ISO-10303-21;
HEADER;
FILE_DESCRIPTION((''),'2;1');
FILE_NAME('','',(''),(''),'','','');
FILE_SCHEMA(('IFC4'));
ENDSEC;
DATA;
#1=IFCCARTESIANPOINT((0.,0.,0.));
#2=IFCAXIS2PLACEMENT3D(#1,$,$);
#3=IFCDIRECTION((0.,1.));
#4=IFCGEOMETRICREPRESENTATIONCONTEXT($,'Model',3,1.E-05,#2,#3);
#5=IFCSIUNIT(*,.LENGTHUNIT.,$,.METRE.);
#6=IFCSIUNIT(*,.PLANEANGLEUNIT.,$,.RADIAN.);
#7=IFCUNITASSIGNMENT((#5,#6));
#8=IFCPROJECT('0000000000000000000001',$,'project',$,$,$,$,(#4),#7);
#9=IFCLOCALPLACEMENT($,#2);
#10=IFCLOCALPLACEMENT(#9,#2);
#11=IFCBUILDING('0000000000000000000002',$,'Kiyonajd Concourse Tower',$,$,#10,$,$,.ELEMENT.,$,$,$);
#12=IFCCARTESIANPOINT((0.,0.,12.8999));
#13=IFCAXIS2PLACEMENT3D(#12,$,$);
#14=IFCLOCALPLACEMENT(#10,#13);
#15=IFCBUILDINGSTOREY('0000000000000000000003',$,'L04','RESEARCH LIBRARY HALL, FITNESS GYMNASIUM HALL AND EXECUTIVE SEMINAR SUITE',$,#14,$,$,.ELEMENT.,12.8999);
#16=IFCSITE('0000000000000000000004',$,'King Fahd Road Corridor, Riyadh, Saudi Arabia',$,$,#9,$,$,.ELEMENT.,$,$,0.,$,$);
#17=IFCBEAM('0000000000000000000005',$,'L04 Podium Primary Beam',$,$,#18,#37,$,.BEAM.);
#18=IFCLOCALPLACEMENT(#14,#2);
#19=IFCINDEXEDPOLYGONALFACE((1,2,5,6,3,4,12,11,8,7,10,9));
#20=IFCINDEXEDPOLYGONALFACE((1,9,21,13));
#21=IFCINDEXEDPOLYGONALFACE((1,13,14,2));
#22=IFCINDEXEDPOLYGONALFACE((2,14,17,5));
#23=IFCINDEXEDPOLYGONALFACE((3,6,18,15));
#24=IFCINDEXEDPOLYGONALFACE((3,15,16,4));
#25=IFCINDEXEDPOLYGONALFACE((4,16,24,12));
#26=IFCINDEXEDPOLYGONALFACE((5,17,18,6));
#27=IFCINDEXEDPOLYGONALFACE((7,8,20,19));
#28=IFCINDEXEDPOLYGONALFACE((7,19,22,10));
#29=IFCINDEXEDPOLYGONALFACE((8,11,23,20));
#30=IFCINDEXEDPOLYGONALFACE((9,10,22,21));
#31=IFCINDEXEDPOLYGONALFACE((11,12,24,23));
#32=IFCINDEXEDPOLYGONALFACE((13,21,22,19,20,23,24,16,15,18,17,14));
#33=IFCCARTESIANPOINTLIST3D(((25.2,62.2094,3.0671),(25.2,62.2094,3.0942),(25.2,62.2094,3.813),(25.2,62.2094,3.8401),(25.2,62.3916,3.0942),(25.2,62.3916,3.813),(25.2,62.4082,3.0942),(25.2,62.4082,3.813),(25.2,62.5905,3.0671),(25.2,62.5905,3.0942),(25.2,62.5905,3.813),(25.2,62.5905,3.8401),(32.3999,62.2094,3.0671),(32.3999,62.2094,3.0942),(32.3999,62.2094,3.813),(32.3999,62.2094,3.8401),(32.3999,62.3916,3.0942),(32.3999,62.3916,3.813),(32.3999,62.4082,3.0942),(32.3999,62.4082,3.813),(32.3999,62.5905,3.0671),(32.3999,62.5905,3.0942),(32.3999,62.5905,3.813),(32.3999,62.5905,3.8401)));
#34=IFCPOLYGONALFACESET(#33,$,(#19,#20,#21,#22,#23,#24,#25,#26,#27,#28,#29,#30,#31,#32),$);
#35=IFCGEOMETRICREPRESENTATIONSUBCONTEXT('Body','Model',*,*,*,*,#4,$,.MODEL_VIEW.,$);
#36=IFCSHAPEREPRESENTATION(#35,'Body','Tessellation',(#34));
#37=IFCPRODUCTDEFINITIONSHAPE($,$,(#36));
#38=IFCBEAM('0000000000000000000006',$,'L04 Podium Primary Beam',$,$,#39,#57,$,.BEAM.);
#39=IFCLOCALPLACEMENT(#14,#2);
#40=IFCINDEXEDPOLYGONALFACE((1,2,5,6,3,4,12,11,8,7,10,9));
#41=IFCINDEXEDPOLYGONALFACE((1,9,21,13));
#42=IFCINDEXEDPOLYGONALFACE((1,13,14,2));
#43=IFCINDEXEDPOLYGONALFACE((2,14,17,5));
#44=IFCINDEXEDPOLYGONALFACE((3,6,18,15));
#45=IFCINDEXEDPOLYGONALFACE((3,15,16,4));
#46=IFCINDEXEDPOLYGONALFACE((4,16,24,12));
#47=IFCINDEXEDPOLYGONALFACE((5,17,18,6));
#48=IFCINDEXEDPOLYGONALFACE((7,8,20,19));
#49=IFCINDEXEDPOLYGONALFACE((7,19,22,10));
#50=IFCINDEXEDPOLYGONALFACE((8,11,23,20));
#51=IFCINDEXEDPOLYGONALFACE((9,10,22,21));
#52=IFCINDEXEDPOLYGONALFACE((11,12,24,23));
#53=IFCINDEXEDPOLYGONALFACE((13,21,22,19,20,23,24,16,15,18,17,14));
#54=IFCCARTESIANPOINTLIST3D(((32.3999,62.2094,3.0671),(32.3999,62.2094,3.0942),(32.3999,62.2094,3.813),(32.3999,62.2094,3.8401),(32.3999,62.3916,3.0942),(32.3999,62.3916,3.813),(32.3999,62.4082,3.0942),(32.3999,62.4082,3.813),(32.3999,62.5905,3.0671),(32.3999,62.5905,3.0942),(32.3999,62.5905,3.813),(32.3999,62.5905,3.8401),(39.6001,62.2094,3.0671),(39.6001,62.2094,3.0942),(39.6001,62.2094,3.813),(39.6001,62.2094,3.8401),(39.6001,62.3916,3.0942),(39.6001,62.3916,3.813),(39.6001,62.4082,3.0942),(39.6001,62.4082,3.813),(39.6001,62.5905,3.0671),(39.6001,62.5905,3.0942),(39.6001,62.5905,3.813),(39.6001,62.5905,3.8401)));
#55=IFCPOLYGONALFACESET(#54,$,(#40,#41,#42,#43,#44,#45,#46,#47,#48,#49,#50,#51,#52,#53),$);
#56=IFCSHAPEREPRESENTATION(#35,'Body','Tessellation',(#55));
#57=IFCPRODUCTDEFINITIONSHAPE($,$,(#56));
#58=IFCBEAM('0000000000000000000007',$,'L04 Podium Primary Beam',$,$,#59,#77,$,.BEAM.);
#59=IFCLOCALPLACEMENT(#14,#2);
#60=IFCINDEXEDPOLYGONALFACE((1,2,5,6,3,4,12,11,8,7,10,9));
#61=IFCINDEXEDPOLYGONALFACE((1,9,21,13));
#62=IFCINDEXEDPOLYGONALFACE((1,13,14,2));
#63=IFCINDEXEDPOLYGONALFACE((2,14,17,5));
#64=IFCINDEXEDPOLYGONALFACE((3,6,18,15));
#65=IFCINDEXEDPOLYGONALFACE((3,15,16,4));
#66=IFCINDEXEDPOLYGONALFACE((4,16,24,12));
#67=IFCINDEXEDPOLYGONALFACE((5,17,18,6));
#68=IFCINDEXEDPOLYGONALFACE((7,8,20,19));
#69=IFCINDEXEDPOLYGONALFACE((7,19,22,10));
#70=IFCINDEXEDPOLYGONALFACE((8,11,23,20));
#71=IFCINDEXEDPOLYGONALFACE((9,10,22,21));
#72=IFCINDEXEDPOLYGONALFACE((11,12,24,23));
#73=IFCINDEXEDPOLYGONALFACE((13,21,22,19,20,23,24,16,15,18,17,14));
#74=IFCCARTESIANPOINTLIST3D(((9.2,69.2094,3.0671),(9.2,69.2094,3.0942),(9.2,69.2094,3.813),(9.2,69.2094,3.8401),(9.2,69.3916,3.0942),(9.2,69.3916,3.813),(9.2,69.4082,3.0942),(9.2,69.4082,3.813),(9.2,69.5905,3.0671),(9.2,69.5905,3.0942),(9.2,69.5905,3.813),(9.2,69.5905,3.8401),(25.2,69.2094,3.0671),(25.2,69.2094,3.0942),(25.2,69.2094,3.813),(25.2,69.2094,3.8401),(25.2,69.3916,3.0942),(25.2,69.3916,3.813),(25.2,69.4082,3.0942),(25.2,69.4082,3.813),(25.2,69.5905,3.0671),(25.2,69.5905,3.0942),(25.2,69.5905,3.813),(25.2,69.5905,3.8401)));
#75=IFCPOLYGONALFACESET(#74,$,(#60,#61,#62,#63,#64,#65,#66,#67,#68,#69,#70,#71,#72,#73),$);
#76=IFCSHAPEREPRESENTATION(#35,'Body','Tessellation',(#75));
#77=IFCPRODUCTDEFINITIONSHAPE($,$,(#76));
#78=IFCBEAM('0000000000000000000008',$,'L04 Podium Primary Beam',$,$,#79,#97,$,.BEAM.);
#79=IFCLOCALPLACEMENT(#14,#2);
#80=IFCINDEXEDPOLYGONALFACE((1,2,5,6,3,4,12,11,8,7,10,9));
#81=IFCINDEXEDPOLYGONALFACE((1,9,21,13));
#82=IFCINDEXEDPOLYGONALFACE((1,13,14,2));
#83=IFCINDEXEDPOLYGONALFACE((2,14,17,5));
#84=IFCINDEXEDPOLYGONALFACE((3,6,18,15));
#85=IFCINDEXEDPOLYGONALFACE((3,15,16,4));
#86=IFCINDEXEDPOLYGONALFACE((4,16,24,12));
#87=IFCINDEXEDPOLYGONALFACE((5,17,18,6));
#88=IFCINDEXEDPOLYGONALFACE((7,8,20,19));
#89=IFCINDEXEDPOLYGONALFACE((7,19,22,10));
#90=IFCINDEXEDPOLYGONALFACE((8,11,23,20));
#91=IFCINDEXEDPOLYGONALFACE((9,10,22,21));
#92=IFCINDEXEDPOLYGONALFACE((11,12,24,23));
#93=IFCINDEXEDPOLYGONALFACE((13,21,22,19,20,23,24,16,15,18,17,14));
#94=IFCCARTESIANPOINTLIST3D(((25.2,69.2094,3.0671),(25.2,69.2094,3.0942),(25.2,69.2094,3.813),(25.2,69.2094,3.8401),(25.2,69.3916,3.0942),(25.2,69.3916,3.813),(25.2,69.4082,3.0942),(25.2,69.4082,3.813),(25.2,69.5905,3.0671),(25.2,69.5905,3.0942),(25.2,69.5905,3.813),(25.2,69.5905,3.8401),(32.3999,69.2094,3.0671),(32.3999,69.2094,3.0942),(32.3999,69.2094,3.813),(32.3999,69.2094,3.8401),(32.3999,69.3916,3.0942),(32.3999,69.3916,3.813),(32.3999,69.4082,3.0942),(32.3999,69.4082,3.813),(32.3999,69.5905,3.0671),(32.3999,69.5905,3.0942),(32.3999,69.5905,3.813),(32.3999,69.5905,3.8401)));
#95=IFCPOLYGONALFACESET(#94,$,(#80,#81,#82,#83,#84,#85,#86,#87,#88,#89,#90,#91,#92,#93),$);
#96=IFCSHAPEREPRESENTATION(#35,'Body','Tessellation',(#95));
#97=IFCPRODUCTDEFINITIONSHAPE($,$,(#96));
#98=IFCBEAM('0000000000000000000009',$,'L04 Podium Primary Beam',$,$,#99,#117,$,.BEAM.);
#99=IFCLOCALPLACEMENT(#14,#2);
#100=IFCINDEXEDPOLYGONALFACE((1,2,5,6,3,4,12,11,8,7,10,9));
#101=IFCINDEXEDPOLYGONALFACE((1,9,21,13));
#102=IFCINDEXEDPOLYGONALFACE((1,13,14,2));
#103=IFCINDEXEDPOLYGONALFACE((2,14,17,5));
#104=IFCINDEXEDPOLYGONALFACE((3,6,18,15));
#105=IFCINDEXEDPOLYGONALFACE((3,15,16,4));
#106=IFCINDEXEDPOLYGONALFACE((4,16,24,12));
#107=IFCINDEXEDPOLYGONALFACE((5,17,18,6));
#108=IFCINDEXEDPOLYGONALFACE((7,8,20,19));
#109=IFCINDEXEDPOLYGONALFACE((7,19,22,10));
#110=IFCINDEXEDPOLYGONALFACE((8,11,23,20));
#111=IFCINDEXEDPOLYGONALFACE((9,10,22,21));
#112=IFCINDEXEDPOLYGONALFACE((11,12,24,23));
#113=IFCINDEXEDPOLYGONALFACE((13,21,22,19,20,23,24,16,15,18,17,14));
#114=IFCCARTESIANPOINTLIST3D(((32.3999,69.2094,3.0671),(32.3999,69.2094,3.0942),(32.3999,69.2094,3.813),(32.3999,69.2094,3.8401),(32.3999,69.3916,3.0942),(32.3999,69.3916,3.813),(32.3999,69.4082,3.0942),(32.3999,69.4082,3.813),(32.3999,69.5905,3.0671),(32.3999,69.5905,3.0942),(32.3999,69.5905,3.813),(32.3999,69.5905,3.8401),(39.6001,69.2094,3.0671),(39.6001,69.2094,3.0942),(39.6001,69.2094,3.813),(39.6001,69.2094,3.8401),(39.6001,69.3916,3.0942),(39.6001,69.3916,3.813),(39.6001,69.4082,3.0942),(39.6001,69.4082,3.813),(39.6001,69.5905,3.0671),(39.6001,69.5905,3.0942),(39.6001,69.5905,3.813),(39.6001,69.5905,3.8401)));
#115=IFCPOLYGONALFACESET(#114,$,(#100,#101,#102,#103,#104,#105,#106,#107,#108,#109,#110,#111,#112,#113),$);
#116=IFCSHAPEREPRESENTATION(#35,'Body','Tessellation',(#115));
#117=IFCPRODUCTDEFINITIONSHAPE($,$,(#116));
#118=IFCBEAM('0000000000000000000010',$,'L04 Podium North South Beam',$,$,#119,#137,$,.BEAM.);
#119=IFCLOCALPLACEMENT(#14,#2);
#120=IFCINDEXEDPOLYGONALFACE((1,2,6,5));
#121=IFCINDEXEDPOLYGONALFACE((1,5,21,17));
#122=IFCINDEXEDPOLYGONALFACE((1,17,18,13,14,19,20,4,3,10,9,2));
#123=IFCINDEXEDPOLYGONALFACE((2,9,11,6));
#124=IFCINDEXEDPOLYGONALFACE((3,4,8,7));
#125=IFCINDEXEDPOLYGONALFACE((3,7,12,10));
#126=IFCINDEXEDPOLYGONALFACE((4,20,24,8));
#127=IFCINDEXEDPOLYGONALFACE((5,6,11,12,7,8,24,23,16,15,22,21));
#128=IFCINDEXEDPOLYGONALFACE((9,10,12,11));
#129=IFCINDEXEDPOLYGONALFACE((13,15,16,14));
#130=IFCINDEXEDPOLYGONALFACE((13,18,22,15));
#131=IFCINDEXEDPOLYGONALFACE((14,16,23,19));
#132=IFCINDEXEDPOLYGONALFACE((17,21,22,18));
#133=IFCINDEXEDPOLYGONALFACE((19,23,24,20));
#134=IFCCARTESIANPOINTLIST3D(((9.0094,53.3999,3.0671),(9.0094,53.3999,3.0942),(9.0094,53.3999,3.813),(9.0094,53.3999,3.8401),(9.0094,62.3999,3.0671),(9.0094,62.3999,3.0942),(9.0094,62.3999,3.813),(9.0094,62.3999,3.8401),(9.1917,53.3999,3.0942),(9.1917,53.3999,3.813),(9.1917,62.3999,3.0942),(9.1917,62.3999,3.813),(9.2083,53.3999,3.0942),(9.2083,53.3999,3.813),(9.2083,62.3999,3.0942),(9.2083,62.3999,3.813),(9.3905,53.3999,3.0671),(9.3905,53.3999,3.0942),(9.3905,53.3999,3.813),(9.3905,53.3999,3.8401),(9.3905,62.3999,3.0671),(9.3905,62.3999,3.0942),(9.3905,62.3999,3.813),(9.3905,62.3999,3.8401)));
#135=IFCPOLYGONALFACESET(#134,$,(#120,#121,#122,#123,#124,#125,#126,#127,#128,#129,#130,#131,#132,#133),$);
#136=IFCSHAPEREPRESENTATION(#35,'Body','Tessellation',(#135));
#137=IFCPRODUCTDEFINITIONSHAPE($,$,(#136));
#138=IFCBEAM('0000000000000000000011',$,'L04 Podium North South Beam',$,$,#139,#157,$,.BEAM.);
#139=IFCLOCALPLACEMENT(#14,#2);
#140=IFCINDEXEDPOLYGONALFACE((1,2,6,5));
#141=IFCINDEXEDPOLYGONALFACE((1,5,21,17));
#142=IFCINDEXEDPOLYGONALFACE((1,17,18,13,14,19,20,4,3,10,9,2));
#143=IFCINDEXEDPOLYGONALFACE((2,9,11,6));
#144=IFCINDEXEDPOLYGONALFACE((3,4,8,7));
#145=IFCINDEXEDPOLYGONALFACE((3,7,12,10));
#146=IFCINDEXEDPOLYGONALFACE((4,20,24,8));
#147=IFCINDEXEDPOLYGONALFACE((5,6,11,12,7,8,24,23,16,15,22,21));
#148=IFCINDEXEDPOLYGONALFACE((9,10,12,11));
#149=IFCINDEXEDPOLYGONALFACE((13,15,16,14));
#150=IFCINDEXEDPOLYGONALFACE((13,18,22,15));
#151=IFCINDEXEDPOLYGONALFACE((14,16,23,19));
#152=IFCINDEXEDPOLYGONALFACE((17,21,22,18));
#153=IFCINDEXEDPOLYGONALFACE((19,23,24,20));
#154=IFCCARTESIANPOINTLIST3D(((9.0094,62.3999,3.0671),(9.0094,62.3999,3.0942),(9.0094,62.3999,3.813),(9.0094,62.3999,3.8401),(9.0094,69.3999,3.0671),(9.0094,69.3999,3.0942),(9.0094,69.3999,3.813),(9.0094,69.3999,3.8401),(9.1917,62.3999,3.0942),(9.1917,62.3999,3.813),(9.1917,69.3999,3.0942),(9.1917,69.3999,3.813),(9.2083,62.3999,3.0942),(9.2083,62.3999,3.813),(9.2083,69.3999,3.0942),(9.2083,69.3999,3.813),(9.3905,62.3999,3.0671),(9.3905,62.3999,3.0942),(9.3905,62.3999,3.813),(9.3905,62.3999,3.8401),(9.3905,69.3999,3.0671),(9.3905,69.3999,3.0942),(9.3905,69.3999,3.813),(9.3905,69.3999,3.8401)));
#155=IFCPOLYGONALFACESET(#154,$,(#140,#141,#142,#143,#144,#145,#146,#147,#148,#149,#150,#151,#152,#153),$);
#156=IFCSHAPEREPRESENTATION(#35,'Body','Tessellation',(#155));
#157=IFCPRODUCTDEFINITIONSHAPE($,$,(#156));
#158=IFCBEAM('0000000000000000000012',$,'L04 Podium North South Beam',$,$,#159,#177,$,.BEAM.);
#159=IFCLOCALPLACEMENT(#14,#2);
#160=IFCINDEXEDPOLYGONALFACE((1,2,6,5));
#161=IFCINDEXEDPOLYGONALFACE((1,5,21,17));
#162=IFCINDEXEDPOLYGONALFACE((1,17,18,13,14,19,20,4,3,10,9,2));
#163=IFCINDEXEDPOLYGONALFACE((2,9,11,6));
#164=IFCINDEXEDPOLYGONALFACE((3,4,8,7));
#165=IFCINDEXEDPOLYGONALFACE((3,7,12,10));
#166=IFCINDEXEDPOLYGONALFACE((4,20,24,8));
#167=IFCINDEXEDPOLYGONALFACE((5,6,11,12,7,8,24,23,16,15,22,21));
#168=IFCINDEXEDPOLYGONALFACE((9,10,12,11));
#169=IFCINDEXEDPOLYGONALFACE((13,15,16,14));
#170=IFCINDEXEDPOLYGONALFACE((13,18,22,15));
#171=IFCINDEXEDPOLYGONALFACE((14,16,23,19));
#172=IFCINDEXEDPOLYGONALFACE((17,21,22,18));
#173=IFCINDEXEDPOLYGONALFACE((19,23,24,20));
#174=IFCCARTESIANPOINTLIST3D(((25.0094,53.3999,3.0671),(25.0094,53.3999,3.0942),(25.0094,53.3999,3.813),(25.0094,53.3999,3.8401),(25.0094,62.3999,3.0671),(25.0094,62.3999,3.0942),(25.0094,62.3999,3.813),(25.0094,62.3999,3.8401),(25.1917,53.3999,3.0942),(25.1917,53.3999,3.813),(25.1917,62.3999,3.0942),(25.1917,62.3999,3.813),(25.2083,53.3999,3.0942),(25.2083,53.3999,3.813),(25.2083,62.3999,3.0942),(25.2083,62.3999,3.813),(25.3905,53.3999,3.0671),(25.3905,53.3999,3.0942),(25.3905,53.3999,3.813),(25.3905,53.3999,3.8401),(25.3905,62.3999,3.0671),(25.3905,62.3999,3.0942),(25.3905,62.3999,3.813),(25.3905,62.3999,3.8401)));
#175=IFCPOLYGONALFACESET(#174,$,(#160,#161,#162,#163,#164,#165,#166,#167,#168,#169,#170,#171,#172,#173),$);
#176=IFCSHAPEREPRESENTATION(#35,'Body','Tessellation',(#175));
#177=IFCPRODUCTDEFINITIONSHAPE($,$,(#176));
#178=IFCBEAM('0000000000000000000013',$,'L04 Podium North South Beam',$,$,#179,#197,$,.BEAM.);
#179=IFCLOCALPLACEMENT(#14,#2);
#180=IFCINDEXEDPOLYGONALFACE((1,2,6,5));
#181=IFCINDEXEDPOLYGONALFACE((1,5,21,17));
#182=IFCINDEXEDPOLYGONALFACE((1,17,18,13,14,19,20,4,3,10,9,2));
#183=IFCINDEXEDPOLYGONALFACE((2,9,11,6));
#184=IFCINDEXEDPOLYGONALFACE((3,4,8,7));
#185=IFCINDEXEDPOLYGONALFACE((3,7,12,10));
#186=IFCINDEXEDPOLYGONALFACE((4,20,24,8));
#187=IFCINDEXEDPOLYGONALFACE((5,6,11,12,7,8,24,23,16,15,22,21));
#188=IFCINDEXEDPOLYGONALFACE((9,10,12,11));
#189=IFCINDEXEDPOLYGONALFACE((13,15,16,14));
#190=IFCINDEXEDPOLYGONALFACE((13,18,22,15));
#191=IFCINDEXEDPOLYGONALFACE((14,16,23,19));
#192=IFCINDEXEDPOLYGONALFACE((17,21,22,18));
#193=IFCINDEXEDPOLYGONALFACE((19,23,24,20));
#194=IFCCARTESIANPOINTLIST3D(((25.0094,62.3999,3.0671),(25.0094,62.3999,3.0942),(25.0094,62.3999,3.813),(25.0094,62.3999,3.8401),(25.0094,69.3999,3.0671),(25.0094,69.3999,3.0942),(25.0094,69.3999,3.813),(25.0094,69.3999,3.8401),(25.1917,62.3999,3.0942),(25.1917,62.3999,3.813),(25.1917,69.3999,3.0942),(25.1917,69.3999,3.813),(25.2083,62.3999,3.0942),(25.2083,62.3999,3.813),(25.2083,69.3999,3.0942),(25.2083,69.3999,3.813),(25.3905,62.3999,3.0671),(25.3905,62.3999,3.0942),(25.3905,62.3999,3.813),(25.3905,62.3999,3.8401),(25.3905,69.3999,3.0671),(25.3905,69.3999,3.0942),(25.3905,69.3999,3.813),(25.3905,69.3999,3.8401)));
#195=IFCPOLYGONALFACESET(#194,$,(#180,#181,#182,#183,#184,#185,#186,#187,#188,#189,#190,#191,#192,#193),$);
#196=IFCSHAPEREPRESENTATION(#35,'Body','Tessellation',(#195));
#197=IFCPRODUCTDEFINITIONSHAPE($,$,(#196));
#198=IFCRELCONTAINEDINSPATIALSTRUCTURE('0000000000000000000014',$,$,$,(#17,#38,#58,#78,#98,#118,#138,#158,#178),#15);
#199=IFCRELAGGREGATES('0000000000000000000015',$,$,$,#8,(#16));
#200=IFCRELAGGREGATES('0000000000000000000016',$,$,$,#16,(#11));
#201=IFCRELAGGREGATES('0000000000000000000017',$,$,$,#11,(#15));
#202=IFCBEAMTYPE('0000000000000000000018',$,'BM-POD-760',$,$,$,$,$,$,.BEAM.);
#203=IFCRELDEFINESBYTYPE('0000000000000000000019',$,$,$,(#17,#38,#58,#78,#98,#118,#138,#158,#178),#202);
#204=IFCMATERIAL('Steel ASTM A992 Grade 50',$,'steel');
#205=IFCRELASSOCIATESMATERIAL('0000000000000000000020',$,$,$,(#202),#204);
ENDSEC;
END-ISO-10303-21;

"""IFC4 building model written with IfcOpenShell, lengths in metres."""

from ifc_helpers import new_model, si_unit, direction, frame, origin, origin_2d, place, context, subcontext, project, spatial, i_section, extrude, material, material_profile, profile_set, type_object, element, save


model = new_model("IFC4")

# Units and contexts
model_context = context("Model", 3, precision=1e-05, world=origin(), true_north=direction((0.0, 1.0)))
body_context = subcontext(model_context, "Body", "Model", "MODEL_VIEW")
ifc_project = project(units=[si_unit("LENGTHUNIT", "METRE"), si_unit("PLANEANGLEUNIT", "RADIAN")], contexts=[model_context])

# Site, building, storey
site_placement = place(None, origin())
site = spatial("IfcSite", under=ifc_project, at=site_placement, Name="King Fahd Road Corridor, Riyadh, Saudi Arabia", CompositionType="ELEMENT", RefElevation=0.0)
building_placement = place(site_placement, origin())
building = spatial("IfcBuilding", under=site, at=building_placement, Name="Kiyonajd Concourse Tower", CompositionType="ELEMENT")
storey_placement = place(building_placement, frame((0.0, 0.0, 12.8999)))
storey = spatial("IfcBuildingStorey", under=building, at=storey_placement, Name="L04", Description="RESEARCH LIBRARY HALL, FITNESS GYMNASIUM HALL AND EXECUTIVE SEMINAR SUITE", CompositionType="ELEMENT", Elevation=12.8999)

# Beams
ifc_material_1 = material(Name="Steel ASTM A992 Grade 50", Category="steel")
ifc_material_profile_1 = material_profile(ifc_material_1, i_section(OverallWidth=0.3811, OverallDepth=0.7729, WebThickness=0.0166, FlangeThickness=0.0271, at=origin_2d()), Name="W760X257")
ifc_profile_set_1 = profile_set([ifc_material_profile_1], Name="Steel ASTM A992 Grade 50")
beam_type_1 = type_object("IfcBeamType", Name="BM-POD-760", PredefinedType="BEAM", material=ifc_profile_set_1)
beam_1_placement = place(storey_placement, frame((25.2, 62.3999, 3.4536), z_axis=(1.0, 0.0, 0.0), x_axis=(0.0, 1.0, 0.0)))
element("IfcBeam", 1, at=beam_1_placement, inside=storey, type_object=beam_type_1, Name="L04 Podium Primary Beam", PredefinedType="BEAM", context=body_context, shape_type="SweptSolid", body=[
    extrude(i_section(OverallWidth=0.3811, OverallDepth=0.7729, WebThickness=0.0166, FlangeThickness=0.0271, at=origin_2d()), origin(), (0.0, 0.0, 1.0), 7.2),
])
beam_2_placement = place(storey_placement, frame((32.3999, 62.3999, 3.4536), z_axis=(1.0, 0.0, 0.0), x_axis=(0.0, 1.0, 0.0)))
element("IfcBeam", 2, at=beam_2_placement, inside=storey, type_object=beam_type_1, Name="L04 Podium Primary Beam", PredefinedType="BEAM", context=body_context, shape_type="SweptSolid", body=[
    extrude(i_section(OverallWidth=0.3811, OverallDepth=0.7729, WebThickness=0.0166, FlangeThickness=0.0271, at=origin_2d()), origin(), (0.0, 0.0, 1.0), 7.2002),
])
beam_3_placement = place(storey_placement, frame((9.2, 69.3999, 3.4536), z_axis=(1.0, 0.0, 0.0), x_axis=(0.0, 1.0, 0.0)))
element("IfcBeam", 3, at=beam_3_placement, inside=storey, type_object=beam_type_1, Name="L04 Podium Primary Beam", PredefinedType="BEAM", context=body_context, shape_type="SweptSolid", body=[
    extrude(i_section(OverallWidth=0.3811, OverallDepth=0.7729, WebThickness=0.0166, FlangeThickness=0.0271, at=origin_2d()), origin(), (0.0, 0.0, 1.0), 16.0),
])
beam_4_placement = place(storey_placement, frame((25.2, 69.3999, 3.4536), z_axis=(1.0, 0.0, 0.0), x_axis=(0.0, 1.0, 0.0)))
element("IfcBeam", 4, at=beam_4_placement, inside=storey, type_object=beam_type_1, Name="L04 Podium Primary Beam", PredefinedType="BEAM", context=body_context, shape_type="SweptSolid", body=[
    extrude(i_section(OverallWidth=0.3811, OverallDepth=0.7729, WebThickness=0.0166, FlangeThickness=0.0271, at=origin_2d()), origin(), (0.0, 0.0, 1.0), 7.2),
])
beam_5_placement = place(storey_placement, frame((32.3999, 69.3999, 3.4536), z_axis=(1.0, 0.0, 0.0), x_axis=(0.0, 1.0, 0.0)))
element("IfcBeam", 5, at=beam_5_placement, inside=storey, type_object=beam_type_1, Name="L04 Podium Primary Beam", PredefinedType="BEAM", context=body_context, shape_type="SweptSolid", body=[
    extrude(i_section(OverallWidth=0.3811, OverallDepth=0.7729, WebThickness=0.0166, FlangeThickness=0.0271, at=origin_2d()), origin(), (0.0, 0.0, 1.0), 7.2002),
])
beam_6_placement = place(storey_placement, frame((9.2, 53.3999, 3.4536), z_axis=(0.0, 1.0, 0.0), x_axis=(-1.0, 0.0, 0.0)))
element("IfcBeam", 6, at=beam_6_placement, inside=storey, type_object=beam_type_1, Name="L04 Podium North South Beam", PredefinedType="BEAM", context=body_context, shape_type="SweptSolid", body=[
    extrude(i_section(OverallWidth=0.3811, OverallDepth=0.7729, WebThickness=0.0166, FlangeThickness=0.0271, at=origin_2d()), origin(), (0.0, 0.0, 1.0), 9.0),
])
beam_7_placement = place(storey_placement, frame((9.2, 62.3999, 3.4536), z_axis=(0.0, 1.0, 0.0), x_axis=(-1.0, 0.0, 0.0)))
element("IfcBeam", 7, at=beam_7_placement, inside=storey, type_object=beam_type_1, Name="L04 Podium North South Beam", PredefinedType="BEAM", context=body_context, shape_type="SweptSolid", body=[
    extrude(i_section(OverallWidth=0.3811, OverallDepth=0.7729, WebThickness=0.0166, FlangeThickness=0.0271, at=origin_2d()), origin(), (0.0, 0.0, 1.0), 7.0),
])
beam_8_placement = place(storey_placement, frame((25.2, 53.3999, 3.4536), z_axis=(0.0, 1.0, 0.0), x_axis=(-1.0, 0.0, 0.0)))
element("IfcBeam", 8, at=beam_8_placement, inside=storey, type_object=beam_type_1, Name="L04 Podium North South Beam", PredefinedType="BEAM", context=body_context, shape_type="SweptSolid", body=[
    extrude(i_section(OverallWidth=0.3811, OverallDepth=0.7729, WebThickness=0.0166, FlangeThickness=0.0271, at=origin_2d()), origin(), (0.0, 0.0, 1.0), 9.0),
])
beam_9_placement = place(storey_placement, frame((25.2, 62.3999, 3.4536), z_axis=(0.0, 1.0, 0.0), x_axis=(-1.0, 0.0, 0.0)))
element("IfcBeam", 9, at=beam_9_placement, inside=storey, type_object=beam_type_1, Name="L04 Podium North South Beam", PredefinedType="BEAM", context=body_context, shape_type="SweptSolid", body=[
    extrude(i_section(OverallWidth=0.3811, OverallDepth=0.7729, WebThickness=0.0166, FlangeThickness=0.0271, at=origin_2d()), origin(), (0.0, 0.0, 1.0), 7.0),
])

save(model, "model.ifc")
